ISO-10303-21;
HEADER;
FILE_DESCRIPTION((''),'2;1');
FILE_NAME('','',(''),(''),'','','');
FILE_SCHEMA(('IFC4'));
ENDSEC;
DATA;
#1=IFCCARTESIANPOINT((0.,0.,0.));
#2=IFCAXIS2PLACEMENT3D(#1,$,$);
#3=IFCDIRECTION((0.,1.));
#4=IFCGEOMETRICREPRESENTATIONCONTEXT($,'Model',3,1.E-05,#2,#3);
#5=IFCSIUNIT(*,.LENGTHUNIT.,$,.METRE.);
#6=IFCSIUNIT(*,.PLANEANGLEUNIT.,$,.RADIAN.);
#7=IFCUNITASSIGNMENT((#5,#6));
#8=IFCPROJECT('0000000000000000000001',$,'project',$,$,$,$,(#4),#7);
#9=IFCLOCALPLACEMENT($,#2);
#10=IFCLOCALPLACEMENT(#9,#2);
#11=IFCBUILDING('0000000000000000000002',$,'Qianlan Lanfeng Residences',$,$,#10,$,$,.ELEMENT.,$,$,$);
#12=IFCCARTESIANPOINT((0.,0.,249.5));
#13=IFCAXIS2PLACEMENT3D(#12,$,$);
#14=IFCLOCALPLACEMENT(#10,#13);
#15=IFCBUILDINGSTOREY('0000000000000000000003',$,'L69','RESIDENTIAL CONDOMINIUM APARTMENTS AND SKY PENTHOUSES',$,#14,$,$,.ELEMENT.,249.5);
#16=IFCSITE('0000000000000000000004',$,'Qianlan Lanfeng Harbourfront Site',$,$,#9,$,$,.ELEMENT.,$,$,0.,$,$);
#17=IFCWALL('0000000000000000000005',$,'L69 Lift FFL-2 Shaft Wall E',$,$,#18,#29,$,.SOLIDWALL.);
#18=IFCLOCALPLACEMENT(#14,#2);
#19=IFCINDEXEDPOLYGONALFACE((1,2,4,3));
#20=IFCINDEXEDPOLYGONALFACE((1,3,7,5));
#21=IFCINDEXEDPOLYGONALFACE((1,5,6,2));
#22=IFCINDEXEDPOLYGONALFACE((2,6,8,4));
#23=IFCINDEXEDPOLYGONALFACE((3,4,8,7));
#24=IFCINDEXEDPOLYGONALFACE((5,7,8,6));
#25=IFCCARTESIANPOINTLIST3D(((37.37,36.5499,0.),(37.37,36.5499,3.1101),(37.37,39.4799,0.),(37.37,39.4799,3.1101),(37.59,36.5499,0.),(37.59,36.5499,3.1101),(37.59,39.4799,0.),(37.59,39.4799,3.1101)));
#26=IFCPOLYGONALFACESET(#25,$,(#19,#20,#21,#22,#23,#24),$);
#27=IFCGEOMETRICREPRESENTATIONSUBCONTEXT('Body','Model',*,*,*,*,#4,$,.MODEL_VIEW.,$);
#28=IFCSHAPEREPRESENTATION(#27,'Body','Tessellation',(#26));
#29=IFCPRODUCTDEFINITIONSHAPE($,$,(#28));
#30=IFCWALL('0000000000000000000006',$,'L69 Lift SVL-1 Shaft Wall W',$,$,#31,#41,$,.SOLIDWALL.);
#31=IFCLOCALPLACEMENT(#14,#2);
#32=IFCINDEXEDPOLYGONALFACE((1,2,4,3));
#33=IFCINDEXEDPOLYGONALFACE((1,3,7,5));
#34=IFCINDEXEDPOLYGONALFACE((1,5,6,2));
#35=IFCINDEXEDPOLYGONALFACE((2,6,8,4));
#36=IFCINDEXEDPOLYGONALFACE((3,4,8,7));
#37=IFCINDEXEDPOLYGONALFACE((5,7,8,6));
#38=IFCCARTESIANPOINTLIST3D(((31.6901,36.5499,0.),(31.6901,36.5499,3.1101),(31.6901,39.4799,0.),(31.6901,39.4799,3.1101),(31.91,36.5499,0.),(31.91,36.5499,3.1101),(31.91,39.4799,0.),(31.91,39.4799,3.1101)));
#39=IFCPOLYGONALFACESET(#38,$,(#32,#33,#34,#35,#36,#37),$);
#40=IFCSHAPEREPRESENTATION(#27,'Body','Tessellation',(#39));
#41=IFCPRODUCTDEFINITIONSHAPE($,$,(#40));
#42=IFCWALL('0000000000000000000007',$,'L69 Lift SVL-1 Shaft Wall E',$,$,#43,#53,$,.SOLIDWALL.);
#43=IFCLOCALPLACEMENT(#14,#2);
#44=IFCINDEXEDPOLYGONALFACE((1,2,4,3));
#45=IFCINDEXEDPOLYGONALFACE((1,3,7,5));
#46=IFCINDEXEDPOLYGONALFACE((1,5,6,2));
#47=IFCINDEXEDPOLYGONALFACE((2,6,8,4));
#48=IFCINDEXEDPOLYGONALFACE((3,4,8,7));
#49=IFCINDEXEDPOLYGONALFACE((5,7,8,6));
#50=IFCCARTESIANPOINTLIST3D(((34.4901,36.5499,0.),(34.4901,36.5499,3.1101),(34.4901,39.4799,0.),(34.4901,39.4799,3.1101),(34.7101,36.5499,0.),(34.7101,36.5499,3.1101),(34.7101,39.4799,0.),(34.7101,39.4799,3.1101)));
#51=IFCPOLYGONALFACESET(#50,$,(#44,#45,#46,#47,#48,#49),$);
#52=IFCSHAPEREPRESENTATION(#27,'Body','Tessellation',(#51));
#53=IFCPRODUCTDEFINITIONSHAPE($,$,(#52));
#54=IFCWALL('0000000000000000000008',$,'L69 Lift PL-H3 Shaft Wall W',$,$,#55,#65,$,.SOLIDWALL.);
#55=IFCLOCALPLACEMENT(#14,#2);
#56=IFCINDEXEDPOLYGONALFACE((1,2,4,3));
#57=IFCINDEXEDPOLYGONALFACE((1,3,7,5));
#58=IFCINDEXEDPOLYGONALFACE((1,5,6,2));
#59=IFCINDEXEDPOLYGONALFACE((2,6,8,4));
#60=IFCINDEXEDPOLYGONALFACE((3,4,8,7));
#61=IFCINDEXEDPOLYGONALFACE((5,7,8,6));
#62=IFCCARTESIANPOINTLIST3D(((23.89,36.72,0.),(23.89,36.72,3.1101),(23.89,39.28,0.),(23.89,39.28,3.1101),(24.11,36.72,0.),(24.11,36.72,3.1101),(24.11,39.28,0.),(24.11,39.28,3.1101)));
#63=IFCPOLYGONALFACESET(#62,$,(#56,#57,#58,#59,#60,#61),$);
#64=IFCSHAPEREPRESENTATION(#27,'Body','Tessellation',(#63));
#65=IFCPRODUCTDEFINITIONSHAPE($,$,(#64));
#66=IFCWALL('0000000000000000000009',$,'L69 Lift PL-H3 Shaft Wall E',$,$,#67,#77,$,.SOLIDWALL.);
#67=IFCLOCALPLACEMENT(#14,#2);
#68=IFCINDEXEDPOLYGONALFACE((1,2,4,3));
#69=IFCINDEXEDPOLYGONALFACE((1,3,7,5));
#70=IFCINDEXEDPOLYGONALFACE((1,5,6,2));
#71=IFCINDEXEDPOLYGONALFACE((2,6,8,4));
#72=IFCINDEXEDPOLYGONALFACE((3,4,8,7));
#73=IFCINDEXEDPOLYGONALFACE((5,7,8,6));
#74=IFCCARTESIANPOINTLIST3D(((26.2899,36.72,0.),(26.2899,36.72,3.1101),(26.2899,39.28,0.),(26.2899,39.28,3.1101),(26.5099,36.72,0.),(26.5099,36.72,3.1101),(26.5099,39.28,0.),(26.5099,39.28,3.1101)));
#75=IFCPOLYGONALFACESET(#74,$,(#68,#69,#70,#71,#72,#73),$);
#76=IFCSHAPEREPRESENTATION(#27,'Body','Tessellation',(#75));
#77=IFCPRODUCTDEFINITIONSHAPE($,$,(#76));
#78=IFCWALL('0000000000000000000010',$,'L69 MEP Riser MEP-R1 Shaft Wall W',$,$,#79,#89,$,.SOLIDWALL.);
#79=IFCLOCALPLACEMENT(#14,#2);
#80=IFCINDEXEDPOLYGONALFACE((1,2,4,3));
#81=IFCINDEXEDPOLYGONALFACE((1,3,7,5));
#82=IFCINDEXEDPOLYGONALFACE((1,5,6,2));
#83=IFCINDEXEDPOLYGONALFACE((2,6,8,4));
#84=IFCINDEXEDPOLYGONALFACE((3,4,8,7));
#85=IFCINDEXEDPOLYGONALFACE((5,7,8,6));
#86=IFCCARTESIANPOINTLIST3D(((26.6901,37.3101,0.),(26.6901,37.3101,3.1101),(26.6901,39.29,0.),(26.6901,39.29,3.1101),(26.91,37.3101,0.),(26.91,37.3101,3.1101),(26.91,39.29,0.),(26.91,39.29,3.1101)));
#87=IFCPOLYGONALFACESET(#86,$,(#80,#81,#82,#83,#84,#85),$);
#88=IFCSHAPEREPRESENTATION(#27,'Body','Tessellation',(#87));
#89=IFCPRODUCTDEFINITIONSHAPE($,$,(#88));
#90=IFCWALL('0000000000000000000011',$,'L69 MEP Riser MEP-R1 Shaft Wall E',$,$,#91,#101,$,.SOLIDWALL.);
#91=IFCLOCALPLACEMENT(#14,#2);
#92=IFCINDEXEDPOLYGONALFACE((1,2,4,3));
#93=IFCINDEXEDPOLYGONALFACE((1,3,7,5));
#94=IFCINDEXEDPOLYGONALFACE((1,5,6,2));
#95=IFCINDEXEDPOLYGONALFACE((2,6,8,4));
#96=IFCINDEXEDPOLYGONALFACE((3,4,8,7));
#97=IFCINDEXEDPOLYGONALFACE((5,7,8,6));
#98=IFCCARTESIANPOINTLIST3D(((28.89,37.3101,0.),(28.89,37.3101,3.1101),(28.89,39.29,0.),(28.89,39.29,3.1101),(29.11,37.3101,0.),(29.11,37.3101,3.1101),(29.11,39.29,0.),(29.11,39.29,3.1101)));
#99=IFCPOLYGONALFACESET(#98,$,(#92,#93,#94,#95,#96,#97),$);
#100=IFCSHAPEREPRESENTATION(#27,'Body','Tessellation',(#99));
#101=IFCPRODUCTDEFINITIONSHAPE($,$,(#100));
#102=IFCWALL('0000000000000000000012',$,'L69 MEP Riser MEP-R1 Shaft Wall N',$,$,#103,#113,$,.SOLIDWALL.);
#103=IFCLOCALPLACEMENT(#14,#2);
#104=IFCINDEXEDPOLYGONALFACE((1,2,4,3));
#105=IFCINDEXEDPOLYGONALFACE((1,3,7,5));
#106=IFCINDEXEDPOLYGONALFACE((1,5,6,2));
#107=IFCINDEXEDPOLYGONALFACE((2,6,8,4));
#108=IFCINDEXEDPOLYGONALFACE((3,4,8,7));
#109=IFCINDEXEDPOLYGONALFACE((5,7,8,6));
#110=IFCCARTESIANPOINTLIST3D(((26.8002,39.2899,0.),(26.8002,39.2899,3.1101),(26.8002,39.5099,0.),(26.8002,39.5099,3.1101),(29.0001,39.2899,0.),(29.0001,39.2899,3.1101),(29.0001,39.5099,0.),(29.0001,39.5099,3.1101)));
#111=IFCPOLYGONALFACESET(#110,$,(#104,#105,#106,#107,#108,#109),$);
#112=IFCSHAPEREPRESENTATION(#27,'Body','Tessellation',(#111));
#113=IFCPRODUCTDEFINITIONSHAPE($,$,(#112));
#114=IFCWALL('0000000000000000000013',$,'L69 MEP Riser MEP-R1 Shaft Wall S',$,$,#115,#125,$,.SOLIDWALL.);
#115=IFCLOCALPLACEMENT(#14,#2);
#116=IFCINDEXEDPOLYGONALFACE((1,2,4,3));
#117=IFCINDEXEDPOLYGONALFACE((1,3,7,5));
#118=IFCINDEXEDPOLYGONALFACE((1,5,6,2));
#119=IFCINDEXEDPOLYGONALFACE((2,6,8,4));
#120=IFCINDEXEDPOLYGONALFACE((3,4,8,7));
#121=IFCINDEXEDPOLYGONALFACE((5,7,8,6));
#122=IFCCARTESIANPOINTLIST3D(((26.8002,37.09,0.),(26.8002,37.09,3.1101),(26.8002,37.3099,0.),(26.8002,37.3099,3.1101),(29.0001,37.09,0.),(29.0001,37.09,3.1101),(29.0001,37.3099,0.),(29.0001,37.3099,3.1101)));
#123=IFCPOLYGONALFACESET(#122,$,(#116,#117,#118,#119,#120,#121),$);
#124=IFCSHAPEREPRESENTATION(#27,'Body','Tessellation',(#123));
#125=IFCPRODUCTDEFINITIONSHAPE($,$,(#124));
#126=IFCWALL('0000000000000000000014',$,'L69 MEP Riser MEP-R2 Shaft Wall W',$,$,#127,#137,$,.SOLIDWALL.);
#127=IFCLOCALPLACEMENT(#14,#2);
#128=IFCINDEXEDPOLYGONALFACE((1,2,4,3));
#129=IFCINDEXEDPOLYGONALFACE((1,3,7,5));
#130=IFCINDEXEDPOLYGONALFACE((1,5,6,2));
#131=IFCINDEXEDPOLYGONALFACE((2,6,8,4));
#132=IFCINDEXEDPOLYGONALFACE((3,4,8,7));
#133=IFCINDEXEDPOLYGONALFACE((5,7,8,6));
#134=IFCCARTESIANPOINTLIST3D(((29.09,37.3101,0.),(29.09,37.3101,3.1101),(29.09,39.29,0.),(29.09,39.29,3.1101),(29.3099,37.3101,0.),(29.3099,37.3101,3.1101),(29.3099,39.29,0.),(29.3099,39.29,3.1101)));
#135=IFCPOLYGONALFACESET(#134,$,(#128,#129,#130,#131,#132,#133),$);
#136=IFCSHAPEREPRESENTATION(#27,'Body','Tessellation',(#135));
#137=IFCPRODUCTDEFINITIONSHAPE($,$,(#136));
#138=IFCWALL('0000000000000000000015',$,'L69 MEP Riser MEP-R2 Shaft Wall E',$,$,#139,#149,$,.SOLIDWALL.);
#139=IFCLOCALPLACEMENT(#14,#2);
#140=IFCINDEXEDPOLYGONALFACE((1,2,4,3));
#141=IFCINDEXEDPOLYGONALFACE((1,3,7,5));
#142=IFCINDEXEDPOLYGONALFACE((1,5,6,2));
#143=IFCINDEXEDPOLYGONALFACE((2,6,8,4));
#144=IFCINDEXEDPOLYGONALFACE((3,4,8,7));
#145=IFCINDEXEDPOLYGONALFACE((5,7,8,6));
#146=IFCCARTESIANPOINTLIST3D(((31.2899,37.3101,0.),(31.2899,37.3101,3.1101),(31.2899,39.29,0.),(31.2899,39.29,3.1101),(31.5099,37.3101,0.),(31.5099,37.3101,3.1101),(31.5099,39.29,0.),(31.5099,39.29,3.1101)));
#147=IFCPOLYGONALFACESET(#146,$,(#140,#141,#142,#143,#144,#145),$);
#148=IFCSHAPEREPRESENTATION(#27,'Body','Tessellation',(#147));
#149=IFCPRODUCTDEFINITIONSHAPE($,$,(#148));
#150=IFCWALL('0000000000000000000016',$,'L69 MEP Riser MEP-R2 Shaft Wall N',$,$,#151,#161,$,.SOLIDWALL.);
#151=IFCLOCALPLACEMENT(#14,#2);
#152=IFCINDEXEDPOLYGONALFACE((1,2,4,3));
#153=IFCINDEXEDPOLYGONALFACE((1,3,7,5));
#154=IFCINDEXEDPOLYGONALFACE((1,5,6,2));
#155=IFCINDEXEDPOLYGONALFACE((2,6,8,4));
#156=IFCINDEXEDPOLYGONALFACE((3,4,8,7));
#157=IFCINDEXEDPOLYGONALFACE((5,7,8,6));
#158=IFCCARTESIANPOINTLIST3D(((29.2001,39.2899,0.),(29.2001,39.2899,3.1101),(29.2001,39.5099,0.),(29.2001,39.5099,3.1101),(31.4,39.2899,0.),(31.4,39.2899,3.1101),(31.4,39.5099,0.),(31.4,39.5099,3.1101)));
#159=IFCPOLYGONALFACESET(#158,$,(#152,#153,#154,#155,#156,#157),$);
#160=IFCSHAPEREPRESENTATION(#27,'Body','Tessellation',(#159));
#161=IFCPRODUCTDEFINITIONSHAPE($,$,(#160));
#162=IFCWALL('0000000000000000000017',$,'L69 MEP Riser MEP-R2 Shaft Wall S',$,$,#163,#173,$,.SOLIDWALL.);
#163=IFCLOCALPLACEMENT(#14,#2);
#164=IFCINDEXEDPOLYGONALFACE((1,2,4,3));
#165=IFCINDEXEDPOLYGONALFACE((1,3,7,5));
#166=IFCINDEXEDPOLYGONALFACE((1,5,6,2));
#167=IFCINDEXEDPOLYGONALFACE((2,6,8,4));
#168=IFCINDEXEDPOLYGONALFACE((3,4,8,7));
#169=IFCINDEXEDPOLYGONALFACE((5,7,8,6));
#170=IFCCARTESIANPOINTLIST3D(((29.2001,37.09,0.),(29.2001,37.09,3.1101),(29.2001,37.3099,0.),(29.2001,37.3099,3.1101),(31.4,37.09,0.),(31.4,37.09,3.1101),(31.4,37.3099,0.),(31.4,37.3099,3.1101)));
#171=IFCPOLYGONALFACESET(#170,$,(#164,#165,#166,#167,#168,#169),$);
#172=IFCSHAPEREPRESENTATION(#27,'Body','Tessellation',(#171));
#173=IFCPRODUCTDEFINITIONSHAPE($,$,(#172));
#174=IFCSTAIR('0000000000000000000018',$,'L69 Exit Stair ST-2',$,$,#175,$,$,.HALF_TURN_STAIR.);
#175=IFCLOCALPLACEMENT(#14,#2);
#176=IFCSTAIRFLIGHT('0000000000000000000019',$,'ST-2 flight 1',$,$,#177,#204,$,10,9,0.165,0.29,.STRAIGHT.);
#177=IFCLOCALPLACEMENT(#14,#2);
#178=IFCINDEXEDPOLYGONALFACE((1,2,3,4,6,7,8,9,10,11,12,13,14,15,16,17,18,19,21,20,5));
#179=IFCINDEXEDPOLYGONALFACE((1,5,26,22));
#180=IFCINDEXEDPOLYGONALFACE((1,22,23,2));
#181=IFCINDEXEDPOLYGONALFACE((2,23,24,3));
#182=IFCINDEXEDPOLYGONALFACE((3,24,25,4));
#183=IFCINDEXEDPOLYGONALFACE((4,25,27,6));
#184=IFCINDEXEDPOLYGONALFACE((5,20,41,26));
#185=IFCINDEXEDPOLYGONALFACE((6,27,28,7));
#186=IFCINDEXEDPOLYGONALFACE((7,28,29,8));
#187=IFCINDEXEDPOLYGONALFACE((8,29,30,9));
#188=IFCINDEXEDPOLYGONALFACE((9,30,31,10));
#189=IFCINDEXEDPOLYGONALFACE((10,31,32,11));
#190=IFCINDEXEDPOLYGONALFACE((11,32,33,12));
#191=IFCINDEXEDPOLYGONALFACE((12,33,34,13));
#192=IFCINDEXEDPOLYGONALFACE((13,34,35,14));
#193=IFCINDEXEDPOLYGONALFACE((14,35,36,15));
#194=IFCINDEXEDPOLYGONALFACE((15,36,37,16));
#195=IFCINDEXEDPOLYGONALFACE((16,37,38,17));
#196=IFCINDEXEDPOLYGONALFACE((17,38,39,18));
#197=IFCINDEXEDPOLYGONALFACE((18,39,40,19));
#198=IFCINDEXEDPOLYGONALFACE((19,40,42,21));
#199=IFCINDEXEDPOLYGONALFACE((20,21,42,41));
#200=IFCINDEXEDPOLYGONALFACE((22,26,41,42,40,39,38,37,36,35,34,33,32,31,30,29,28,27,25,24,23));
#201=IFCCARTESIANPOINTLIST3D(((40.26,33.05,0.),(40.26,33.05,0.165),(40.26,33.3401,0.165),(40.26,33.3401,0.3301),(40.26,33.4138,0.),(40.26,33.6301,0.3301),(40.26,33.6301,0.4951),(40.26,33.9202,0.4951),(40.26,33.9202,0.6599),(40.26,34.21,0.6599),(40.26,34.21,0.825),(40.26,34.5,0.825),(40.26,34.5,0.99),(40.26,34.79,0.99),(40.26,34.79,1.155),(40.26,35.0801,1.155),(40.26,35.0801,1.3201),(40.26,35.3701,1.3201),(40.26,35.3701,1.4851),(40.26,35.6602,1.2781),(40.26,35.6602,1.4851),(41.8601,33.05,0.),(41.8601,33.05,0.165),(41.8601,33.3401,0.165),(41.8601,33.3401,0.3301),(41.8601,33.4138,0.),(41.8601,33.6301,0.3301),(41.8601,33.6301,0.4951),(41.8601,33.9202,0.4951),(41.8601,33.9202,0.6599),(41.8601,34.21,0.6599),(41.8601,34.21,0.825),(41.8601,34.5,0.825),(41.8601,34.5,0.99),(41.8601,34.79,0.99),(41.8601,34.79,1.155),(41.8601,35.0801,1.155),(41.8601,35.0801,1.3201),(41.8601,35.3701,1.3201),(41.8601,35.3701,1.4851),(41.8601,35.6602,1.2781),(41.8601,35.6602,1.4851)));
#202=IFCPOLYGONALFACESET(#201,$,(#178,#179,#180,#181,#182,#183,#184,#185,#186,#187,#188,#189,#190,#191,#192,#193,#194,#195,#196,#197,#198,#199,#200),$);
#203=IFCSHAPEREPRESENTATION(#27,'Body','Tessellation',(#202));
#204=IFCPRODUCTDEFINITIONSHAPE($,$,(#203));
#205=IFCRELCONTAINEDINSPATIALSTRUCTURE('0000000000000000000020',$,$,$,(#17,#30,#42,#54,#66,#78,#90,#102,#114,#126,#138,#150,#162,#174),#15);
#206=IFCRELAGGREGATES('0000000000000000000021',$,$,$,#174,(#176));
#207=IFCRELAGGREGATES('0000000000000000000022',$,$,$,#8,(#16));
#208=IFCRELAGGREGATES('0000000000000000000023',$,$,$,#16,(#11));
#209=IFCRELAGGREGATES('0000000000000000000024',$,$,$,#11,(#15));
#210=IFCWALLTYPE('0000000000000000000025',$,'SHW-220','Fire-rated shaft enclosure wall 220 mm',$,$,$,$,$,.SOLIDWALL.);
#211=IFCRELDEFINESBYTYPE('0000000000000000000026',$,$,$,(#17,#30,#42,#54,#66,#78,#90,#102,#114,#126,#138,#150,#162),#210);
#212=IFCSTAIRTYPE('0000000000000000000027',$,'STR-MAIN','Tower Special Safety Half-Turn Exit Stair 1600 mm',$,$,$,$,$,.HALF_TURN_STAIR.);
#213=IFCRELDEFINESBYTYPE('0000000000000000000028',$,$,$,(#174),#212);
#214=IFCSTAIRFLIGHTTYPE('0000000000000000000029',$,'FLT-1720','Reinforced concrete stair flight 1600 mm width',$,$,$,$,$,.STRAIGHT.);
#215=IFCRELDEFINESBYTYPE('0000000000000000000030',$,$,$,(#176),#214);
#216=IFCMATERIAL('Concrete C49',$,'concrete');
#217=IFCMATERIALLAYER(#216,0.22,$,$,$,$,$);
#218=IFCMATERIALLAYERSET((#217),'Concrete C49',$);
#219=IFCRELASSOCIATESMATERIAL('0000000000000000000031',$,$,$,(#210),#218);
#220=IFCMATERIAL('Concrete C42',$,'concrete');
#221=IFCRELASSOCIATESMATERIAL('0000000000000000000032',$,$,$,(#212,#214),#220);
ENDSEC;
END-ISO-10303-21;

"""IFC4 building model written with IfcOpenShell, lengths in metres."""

from ifc_helpers import new_model, si_unit, direction, frame, frame_2d, origin, place, context, subcontext, project, spatial, polyline, rectangle, outline, extrude, material, layer, layer_set, type_object, element, aggregate, save


model = new_model("IFC4")

# Units and contexts
model_context = context("Model", 3, precision=1e-05, world=origin(), true_north=direction((0.0, 1.0)))
body_context = subcontext(model_context, "Body", "Model", "MODEL_VIEW")
ifc_project = project(units=[si_unit("LENGTHUNIT", "METRE"), si_unit("PLANEANGLEUNIT", "RADIAN")], contexts=[model_context])

# Site, building, storey
site_placement = place(None, origin())
site = spatial("IfcSite", under=ifc_project, at=site_placement, Name="Qianlan Lanfeng Harbourfront Site", CompositionType="ELEMENT", RefElevation=0.0)
building_placement = place(site_placement, origin())
building = spatial("IfcBuilding", under=site, at=building_placement, Name="Qianlan Lanfeng Residences", CompositionType="ELEMENT")
storey_placement = place(building_placement, frame((0.0, 0.0, 249.5)))
storey = spatial("IfcBuildingStorey", under=building, at=storey_placement, Name="L69", Description="RESIDENTIAL CONDOMINIUM APARTMENTS AND SKY PENTHOUSES", CompositionType="ELEMENT", Elevation=249.5)

# Shared definitions
ifc_material_1 = material(Name="Concrete C49", Category="concrete")

# Shared definitions
ifc_material_2 = material(Name="Concrete C42", Category="concrete")

# Walls
ifc_layer_1 = layer(ifc_material_1, 0.22)
ifc_layer_set_1 = layer_set([ifc_layer_1], Name="Concrete C49")
wall_type_1 = type_object("IfcWallType", Name="SHW-220", Description="Fire-rated shaft enclosure wall 220 mm", PredefinedType="SOLIDWALL", material=ifc_layer_set_1)
for number, where, z_axis, x_axis, name in (
    (1, (37.48, 36.55, 0.0), (0.0, 0.0, 1.0), (0.0, 1.0, 0.0), "L69 Lift FFL-2 Shaft Wall E"),
    (2, (31.8, 36.55, 0.0), (0.0, 0.0, 1.0), (0.0, 1.0, 0.0), "L69 Lift SVL-1 Shaft Wall W"),
    (3, (34.6001, 36.55, 0.0), (0.0, 0.0, 1.0), (0.0, 1.0, 0.0), "L69 Lift SVL-1 Shaft Wall E"),
):
    element("IfcWall", number, at=place(storey_placement, frame(where, z_axis=z_axis, x_axis=x_axis)), inside=storey, type_object=wall_type_1, Name=name, PredefinedType="SOLIDWALL", context=body_context, shape_type="SweptSolid", body=[
        extrude(rectangle(XDim=2.9299, YDim=0.22, at=frame_2d((1.4648, 0.0))), origin(), (0.0, 0.0, 1.0), 3.1101),
    ])
for number, where, z_axis, x_axis, name in (
    (4, (24.0, 36.72, 0.0), (0.0, 0.0, 1.0), (0.0, 1.0, 0.0), "L69 Lift PL-H3 Shaft Wall W"),
    (5, (26.3999, 36.72, 0.0), (0.0, 0.0, 1.0), (0.0, 1.0, 0.0), "L69 Lift PL-H3 Shaft Wall E"),
):
    element("IfcWall", number, at=place(storey_placement, frame(where, z_axis=z_axis, x_axis=x_axis)), inside=storey, type_object=wall_type_1, Name=name, PredefinedType="SOLIDWALL", context=body_context, shape_type="SweptSolid", body=[
        extrude(rectangle(XDim=2.5601, YDim=0.22, at=frame_2d((1.28, 0.0))), origin(), (0.0, 0.0, 1.0), 3.1101),
    ])
for number, where, z_axis, x_axis, name in (
    (6, (26.8, 37.3101, 0.0), (0.0, 0.0, 1.0), (0.0, 1.0, 0.0), "L69 MEP Riser MEP-R1 Shaft Wall W"),
    (7, (29.0, 37.3101, 0.0), (0.0, 0.0, 1.0), (0.0, 1.0, 0.0), "L69 MEP Riser MEP-R1 Shaft Wall E"),
):
    element("IfcWall", number, at=place(storey_placement, frame(where, z_axis=z_axis, x_axis=x_axis)), inside=storey, type_object=wall_type_1, Name=name, PredefinedType="SOLIDWALL", context=body_context, shape_type="SweptSolid", body=[
        extrude(rectangle(XDim=1.98, YDim=0.22, at=frame_2d((0.99, 0.0))), origin(), (0.0, 0.0, 1.0), 3.1101),
    ])
for number, where, z_axis, x_axis, name in (
    (8, (26.8, 39.3999, 0.0), (0.0, 0.0, 1.0), (1.0, 0.0, 0.0), "L69 MEP Riser MEP-R1 Shaft Wall N"),
    (9, (26.8, 37.2, 0.0), (0.0, 0.0, 1.0), (1.0, 0.0, 0.0), "L69 MEP Riser MEP-R1 Shaft Wall S"),
):
    element("IfcWall", number, at=place(storey_placement, frame(where, z_axis=z_axis, x_axis=x_axis)), inside=storey, type_object=wall_type_1, Name=name, PredefinedType="SOLIDWALL", context=body_context, shape_type="SweptSolid", body=[
        extrude(rectangle(XDim=2.2, YDim=0.22, at=frame_2d((1.1001, 0.0))), origin(), (0.0, 0.0, 1.0), 3.1101),
    ])
for number, where, z_axis, x_axis, name in (
    (10, (29.2, 37.3101, 0.0), (0.0, 0.0, 1.0), (0.0, 1.0, 0.0), "L69 MEP Riser MEP-R2 Shaft Wall W"),
    (11, (31.3999, 37.3101, 0.0), (0.0, 0.0, 1.0), (0.0, 1.0, 0.0), "L69 MEP Riser MEP-R2 Shaft Wall E"),
):
    element("IfcWall", number, at=place(storey_placement, frame(where, z_axis=z_axis, x_axis=x_axis)), inside=storey, type_object=wall_type_1, Name=name, PredefinedType="SOLIDWALL", context=body_context, shape_type="SweptSolid", body=[
        extrude(rectangle(XDim=1.98, YDim=0.22, at=frame_2d((0.99, 0.0))), origin(), (0.0, 0.0, 1.0), 3.1101),
    ])
for number, where, z_axis, x_axis, name in (
    (12, (29.2, 39.3999, 0.0), (0.0, 0.0, 1.0), (1.0, 0.0, 0.0), "L69 MEP Riser MEP-R2 Shaft Wall N"),
    (13, (29.2, 37.2, 0.0), (0.0, 0.0, 1.0), (1.0, 0.0, 0.0), "L69 MEP Riser MEP-R2 Shaft Wall S"),
):
    element("IfcWall", number, at=place(storey_placement, frame(where, z_axis=z_axis, x_axis=x_axis)), inside=storey, type_object=wall_type_1, Name=name, PredefinedType="SOLIDWALL", context=body_context, shape_type="SweptSolid", body=[
        extrude(rectangle(XDim=2.2, YDim=0.22, at=frame_2d((1.1001, 0.0))), origin(), (0.0, 0.0, 1.0), 3.1101),
    ])

# Stair, stair flight
stair_type = type_object("IfcStairType", Name="STR-MAIN", Description="Tower Special Safety Half-Turn Exit Stair 1600 mm", PredefinedType="HALF_TURN_STAIR", material=ifc_material_2)
stair_placement = place(storey_placement, origin())
stair = element("IfcStair", 14, at=stair_placement, inside=storey, type_object=stair_type, Name="L69 Exit Stair ST-2", PredefinedType="HALF_TURN_STAIR")
stair_flight_type = type_object("IfcStairFlightType", Name="FLT-1720", Description="Reinforced concrete stair flight 1600 mm width", PredefinedType="STRAIGHT", material=ifc_material_2)
stair_flight_1_placement = place(storey_placement, frame((41.0601, 33.05, 0.0), z_axis=(0.0, 0.0, 1.0), x_axis=(0.0, 1.0, 0.0)))
stair_flight_1 = element("IfcStairFlight", 15, at=stair_flight_1_placement, type_object=stair_flight_type, Name="ST-2 flight 1", NumberOfRisers=10, NumberOfTreads=9, PredefinedType="STRAIGHT", RiserHeight=0.165, TreadLength=0.29, context=body_context, shape_type="SweptSolid", body=[
    extrude(outline(polyline([(0.0, 0.0), (0.0, 0.165), (0.29, 0.165), (0.29, 0.3301), (0.5801, 0.3301), (0.5801, 0.4951), (0.8701, 0.4951), (0.8701, 0.6599), (1.1599, 0.6599), (1.1599, 0.825), (1.45, 0.825), (1.45, 0.99), (1.74, 0.99), (1.74, 1.155), (2.03, 1.155), (2.03, 1.3201), (2.3201, 1.3201), (2.3201, 1.4851), (2.6101, 1.4851), (2.6101, 1.6499), (2.6101, 1.2781), (0.3638, 0.0), (0.0, 0.0)])), frame((0.0, 0.8, 0.0), z_axis=(0.0, -1.0, 0.0), x_axis=(1.0, 0.0, 0.0)), (0.0, 0.0, 1.0), 1.6001),
])
aggregate(stair, [stair_flight_1])

save(model, "model.ifc")
